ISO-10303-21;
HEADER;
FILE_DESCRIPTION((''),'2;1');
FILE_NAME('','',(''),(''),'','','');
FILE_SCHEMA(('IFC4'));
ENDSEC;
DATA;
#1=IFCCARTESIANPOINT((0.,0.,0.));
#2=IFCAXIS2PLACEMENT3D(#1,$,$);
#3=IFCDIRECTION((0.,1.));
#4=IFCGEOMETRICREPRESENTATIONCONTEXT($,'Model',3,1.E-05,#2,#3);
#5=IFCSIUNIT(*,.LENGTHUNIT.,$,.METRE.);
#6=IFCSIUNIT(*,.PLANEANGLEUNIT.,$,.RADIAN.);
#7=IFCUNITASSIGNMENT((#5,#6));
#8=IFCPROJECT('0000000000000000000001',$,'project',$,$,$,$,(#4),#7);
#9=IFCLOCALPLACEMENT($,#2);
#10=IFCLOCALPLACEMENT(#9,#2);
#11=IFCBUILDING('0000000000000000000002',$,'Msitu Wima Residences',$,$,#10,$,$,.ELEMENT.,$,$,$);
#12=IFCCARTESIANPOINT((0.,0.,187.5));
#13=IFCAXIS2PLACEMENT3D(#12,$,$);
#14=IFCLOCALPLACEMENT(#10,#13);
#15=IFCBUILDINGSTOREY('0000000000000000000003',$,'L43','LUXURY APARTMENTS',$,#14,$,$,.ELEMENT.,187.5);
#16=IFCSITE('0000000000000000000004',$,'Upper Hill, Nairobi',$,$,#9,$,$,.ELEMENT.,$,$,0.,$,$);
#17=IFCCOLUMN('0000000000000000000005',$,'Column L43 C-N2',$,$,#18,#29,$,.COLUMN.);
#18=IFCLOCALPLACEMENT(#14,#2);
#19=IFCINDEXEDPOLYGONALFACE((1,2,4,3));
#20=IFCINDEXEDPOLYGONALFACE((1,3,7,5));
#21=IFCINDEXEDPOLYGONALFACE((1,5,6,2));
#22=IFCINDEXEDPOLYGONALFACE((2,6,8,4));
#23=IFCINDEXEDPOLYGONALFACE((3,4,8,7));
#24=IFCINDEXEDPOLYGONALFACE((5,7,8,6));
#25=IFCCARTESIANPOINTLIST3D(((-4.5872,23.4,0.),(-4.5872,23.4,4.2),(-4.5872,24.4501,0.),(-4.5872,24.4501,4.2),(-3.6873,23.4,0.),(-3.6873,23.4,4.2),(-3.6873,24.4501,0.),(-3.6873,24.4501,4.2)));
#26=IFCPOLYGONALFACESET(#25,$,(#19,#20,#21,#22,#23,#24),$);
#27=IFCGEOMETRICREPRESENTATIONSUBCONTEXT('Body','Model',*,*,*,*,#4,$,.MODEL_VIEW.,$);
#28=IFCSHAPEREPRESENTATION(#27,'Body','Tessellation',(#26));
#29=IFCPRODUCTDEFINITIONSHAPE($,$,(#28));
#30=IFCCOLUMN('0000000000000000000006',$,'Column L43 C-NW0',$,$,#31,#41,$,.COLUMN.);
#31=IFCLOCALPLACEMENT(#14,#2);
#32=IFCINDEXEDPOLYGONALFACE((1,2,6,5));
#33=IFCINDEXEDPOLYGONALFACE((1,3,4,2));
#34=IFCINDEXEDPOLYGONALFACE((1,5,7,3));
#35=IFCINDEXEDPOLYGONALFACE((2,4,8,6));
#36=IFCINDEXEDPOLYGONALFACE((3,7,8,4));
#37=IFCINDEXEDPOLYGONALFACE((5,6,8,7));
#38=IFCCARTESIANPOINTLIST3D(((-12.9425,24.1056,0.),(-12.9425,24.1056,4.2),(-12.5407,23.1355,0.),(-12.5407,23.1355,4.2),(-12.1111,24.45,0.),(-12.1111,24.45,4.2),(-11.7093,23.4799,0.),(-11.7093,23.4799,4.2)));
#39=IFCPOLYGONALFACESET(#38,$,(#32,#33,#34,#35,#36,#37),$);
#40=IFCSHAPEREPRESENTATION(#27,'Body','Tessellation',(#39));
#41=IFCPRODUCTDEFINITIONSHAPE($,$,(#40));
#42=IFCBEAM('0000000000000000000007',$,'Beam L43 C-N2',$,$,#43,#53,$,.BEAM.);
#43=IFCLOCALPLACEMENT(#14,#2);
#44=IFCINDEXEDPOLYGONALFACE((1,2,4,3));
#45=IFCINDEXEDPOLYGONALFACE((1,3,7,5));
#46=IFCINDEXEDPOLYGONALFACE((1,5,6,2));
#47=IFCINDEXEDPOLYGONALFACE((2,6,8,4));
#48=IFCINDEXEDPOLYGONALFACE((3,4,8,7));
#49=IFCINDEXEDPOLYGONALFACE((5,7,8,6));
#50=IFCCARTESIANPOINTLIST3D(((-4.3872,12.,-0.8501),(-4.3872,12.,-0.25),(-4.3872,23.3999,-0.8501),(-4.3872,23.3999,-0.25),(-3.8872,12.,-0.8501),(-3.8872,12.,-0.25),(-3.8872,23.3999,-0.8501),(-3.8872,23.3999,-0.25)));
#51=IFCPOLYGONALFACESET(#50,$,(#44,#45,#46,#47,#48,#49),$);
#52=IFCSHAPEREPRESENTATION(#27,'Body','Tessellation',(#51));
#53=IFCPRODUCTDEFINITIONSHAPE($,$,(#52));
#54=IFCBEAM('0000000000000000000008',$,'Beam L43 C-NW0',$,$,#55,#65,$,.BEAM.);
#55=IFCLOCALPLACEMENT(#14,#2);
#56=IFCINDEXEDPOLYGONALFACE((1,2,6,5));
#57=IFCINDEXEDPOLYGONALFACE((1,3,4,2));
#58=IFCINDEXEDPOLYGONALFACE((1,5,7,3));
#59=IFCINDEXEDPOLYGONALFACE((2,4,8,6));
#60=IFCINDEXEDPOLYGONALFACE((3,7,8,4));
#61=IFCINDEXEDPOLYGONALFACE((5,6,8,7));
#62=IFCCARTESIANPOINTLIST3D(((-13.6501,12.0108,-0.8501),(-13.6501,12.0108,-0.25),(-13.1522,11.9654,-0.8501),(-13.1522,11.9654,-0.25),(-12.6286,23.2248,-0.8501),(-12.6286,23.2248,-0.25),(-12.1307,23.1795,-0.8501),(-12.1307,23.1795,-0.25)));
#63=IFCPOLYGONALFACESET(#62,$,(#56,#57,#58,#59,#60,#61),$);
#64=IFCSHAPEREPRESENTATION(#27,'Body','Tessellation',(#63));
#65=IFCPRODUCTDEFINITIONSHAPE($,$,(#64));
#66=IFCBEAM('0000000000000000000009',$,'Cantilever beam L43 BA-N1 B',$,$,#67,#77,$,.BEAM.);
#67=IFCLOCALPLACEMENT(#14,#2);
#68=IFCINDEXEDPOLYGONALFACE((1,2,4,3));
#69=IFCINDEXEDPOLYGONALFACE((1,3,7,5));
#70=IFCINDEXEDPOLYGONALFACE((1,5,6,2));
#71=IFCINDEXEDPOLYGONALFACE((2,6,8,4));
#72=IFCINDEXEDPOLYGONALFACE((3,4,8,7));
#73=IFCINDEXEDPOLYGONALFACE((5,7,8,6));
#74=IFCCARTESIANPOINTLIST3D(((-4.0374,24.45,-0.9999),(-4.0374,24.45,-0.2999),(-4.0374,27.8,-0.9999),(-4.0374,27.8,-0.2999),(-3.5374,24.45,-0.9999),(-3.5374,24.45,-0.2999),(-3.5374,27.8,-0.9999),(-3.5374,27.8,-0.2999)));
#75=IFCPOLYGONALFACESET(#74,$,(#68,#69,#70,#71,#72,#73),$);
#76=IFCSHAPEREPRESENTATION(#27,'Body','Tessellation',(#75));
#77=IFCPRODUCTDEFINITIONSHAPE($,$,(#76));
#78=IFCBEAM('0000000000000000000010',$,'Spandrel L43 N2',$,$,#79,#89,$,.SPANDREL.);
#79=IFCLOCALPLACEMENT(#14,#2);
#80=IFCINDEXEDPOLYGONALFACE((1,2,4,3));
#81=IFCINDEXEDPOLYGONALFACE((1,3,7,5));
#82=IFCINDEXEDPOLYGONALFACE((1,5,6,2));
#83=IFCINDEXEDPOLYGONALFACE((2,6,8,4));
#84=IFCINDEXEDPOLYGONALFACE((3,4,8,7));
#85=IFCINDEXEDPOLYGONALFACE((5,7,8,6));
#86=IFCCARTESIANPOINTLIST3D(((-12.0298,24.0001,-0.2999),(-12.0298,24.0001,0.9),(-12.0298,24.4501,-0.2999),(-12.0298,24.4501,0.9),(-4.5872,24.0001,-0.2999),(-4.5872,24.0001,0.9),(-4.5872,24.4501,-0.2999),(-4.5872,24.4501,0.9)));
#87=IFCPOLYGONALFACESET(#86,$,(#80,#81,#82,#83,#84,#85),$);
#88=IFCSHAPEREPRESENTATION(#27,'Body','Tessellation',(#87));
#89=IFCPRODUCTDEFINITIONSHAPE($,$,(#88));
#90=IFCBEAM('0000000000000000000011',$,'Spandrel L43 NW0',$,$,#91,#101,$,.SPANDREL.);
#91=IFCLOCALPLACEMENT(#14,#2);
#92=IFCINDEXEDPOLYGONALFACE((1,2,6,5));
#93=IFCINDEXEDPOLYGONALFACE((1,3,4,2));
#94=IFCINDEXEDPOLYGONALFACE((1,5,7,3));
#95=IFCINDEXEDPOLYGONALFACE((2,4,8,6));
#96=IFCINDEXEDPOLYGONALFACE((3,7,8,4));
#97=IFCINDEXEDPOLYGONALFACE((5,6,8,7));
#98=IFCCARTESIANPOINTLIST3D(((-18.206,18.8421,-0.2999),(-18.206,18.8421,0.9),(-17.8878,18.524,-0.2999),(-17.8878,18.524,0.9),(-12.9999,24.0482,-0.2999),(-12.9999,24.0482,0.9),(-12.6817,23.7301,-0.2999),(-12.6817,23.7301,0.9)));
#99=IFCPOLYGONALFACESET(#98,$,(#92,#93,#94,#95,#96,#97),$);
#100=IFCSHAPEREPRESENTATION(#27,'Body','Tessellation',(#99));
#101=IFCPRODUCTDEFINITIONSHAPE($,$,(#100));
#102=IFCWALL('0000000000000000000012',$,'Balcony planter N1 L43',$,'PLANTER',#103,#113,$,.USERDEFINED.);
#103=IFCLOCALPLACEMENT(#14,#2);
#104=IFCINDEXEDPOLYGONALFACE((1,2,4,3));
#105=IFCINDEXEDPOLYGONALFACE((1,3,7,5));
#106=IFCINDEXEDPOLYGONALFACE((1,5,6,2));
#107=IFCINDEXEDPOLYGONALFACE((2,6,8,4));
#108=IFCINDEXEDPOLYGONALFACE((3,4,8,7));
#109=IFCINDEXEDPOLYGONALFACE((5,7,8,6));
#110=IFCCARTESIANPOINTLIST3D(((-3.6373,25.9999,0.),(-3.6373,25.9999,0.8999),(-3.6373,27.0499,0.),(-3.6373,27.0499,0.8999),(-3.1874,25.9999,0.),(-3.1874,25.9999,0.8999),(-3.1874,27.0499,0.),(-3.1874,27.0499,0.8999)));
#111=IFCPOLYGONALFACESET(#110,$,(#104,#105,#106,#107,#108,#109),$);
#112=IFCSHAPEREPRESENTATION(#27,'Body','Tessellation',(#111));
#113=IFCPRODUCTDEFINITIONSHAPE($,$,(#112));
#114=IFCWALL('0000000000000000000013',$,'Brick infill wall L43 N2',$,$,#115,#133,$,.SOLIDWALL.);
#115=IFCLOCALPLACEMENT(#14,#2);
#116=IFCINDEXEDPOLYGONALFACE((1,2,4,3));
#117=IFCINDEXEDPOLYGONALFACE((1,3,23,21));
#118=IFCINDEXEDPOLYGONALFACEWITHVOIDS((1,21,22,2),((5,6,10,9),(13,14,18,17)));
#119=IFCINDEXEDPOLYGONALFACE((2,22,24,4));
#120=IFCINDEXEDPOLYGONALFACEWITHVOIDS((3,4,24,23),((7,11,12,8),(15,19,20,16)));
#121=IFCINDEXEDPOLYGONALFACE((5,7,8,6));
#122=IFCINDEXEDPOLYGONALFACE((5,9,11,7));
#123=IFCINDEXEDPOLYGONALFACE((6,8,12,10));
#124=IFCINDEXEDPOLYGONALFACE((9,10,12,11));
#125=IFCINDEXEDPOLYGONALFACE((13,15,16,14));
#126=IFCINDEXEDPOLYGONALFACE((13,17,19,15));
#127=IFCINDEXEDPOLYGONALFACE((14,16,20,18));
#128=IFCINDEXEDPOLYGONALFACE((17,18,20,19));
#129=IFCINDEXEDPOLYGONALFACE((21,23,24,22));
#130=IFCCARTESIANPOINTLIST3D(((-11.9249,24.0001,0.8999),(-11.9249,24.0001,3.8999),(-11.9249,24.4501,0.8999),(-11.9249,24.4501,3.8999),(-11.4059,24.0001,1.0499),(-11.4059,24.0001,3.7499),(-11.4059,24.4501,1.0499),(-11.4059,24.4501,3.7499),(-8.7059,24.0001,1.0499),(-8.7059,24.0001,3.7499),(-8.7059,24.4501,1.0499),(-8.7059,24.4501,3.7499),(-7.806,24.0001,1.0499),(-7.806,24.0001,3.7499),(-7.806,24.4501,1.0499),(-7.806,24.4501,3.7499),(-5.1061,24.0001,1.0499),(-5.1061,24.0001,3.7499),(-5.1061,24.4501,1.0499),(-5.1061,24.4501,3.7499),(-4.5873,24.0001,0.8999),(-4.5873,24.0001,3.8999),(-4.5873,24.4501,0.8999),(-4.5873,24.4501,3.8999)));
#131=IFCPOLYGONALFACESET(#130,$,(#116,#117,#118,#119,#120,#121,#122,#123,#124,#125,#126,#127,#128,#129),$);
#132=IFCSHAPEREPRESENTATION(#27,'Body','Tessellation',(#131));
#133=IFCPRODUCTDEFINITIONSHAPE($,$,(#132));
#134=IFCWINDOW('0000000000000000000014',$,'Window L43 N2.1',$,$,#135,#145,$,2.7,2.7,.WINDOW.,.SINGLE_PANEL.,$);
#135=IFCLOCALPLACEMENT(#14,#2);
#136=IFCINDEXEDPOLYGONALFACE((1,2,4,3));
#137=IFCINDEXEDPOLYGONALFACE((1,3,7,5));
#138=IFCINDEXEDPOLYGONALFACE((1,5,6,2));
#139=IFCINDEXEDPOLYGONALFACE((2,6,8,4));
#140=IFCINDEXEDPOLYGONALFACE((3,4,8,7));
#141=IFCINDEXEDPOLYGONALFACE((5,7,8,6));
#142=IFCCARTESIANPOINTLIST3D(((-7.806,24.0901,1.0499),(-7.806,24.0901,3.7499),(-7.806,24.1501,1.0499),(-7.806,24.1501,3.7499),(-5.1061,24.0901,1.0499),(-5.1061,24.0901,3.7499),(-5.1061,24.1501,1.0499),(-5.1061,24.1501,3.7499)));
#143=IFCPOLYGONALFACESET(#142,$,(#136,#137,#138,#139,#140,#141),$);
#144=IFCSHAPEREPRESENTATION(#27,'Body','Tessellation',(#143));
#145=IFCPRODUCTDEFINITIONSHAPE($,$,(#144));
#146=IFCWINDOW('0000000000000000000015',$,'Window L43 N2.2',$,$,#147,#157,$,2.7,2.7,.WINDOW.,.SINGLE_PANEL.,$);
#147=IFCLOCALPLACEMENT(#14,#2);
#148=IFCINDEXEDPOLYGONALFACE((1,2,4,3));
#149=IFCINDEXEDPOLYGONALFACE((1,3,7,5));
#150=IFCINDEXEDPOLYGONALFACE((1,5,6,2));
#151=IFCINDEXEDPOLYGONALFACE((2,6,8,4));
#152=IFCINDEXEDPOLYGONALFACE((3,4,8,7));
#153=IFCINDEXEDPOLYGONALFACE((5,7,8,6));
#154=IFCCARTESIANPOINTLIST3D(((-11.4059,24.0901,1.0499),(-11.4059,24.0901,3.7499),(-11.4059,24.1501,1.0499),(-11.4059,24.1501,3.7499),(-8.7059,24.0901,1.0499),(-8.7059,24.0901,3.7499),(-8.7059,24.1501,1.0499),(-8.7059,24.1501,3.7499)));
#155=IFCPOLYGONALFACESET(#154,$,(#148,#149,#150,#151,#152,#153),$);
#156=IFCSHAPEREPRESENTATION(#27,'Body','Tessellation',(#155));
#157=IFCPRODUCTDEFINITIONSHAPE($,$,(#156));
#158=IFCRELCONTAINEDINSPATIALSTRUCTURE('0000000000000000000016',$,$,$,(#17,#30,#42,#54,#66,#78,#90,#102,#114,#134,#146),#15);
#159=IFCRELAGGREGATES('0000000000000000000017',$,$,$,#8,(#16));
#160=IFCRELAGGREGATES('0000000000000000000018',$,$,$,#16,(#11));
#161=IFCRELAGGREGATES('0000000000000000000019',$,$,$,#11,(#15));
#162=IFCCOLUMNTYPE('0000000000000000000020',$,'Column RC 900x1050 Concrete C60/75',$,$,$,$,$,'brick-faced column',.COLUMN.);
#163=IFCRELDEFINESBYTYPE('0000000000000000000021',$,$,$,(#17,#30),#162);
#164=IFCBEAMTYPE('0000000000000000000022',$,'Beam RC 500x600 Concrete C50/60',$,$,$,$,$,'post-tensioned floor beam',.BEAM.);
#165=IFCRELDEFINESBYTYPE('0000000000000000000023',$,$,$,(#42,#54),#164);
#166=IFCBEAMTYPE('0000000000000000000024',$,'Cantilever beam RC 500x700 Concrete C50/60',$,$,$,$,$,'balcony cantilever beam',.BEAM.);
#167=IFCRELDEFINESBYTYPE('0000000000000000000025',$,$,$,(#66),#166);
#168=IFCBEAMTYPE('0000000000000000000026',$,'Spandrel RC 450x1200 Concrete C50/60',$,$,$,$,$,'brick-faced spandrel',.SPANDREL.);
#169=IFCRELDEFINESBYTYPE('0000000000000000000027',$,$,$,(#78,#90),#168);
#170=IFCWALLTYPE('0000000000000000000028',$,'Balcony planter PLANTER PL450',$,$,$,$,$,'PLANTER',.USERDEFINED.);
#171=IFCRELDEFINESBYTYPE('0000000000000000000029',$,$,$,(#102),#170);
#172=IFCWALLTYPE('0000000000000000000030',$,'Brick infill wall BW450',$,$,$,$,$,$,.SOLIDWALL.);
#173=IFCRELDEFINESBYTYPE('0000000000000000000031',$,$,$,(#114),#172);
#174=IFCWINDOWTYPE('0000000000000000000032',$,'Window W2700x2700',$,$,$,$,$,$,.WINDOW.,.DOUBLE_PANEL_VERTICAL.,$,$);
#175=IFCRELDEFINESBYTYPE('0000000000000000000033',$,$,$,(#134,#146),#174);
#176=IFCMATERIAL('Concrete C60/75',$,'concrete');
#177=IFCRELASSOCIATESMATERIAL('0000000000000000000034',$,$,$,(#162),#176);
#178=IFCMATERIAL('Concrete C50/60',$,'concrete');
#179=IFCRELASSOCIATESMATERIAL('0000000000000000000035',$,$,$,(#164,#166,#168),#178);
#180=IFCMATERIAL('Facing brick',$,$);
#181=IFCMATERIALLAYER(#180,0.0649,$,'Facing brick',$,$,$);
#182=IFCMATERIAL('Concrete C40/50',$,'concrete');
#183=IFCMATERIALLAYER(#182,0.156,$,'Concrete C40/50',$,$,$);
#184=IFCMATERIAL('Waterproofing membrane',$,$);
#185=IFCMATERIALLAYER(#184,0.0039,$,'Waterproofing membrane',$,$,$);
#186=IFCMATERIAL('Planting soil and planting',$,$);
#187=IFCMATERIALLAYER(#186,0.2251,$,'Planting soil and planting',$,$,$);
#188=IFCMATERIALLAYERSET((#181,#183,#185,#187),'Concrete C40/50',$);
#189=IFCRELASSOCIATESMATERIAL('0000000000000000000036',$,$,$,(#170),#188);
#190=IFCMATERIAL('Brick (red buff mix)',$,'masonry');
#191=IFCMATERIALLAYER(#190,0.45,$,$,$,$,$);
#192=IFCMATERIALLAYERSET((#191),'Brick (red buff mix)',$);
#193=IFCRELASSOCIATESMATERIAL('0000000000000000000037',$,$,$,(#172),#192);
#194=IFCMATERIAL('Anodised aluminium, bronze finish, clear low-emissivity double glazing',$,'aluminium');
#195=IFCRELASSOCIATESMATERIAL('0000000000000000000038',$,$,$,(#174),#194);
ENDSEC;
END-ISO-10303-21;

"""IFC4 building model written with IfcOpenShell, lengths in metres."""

from ifc_helpers import new_model, si_unit, direction, frame, frame_2d, origin, origin_2d, place, context, subcontext, project, spatial, rectangle, extrude, material, layer, layer_set, material_profile, profile_set, type_object, element, fill, save


model = new_model("IFC4")

# Units and contexts
model_context = context("Model", 3, precision=1e-05, world=origin(), true_north=direction((0.0, 1.0)))
body_context = subcontext(model_context, "Body", "Model", "MODEL_VIEW")
ifc_project = project(units=[si_unit("LENGTHUNIT", "METRE"), si_unit("PLANEANGLEUNIT", "RADIAN")], contexts=[model_context])

# Site, building, storey
site_placement = place(None, origin())
site = spatial("IfcSite", under=ifc_project, at=site_placement, Name="Upper Hill, Nairobi", CompositionType="ELEMENT", RefElevation=0.0)
building_placement = place(site_placement, origin())
building = spatial("IfcBuilding", under=site, at=building_placement, Name="Msitu Wima Residences", CompositionType="ELEMENT")
storey_placement = place(building_placement, frame((0.0, 0.0, 187.5)))
storey = spatial("IfcBuildingStorey", under=building, at=storey_placement, Name="L43", Description="LUXURY APARTMENTS", CompositionType="ELEMENT", Elevation=187.5)

# Columns
ifc_material_1 = material(Name="Concrete C60/75", Category="concrete")
ifc_material_profile_1 = material_profile(ifc_material_1, rectangle(XDim=0.8999, YDim=1.05, at=origin_2d()), Name="RC 900x1050")
ifc_profile_set_1 = profile_set([ifc_material_profile_1], Name="Concrete C60/75")
column_type = type_object("IfcColumnType", Name="Column RC 900x1050 Concrete C60/75", ElementType="brick-faced column", PredefinedType="COLUMN", material=ifc_profile_set_1)
for number, where, z_axis, x_axis, name in (
    (1, (-4.1372, 23.925, 0.0), (0.0, 0.0, 1.0), (-1.0, 0.0, 0.0), "Column L43 C-N2"),
    (2, (-12.3259, 23.7927, 0.0), (0.0, 0.0, 1.0), (-0.92388, -0.382683, 0.0), "Column L43 C-NW0"),
):
    element("IfcColumn", number, at=place(storey_placement, frame(where, z_axis=z_axis, x_axis=x_axis)), inside=storey, type_object=column_type, Name=name, PredefinedType="COLUMN", context=body_context, shape_type="SweptSolid", body=[
        extrude(rectangle(XDim=0.8999, YDim=1.05, at=origin_2d()), origin(), (0.0, 0.0, 1.0), 4.2),
    ])

# Beams
ifc_material_2 = material(Name="Concrete C50/60", Category="concrete")
ifc_material_profile_2 = material_profile(ifc_material_2, rectangle(XDim=0.5, YDim=0.6001, at=origin_2d()), Name="RC 500x600")
ifc_profile_set_2 = profile_set([ifc_material_profile_2], Name="Concrete C50/60")
beam_type_1 = type_object("IfcBeamType", Name="Beam RC 500x600 Concrete C50/60", ElementType="post-tensioned floor beam", PredefinedType="BEAM", material=ifc_profile_set_2)
beam_1_placement = place(storey_placement, frame((-4.1372, 23.3999, -0.55), z_axis=(0.0, -1.0, 0.0), x_axis=(1.0, 0.0, 0.0)))
element("IfcBeam", 3, at=beam_1_placement, inside=storey, type_object=beam_type_1, Name="Beam L43 C-N2", PredefinedType="BEAM", context=body_context, shape_type="SweptSolid", body=[
    extrude(rectangle(XDim=0.5, YDim=0.6001, at=origin_2d()), origin(), (0.0, 0.0, 1.0), 11.3999),
])
beam_2_placement = place(storey_placement, frame((-12.3796, 23.2021, -0.55), z_axis=(-0.090714, -0.995877, 0.0), x_axis=(0.995877, -0.090714, 0.0)))
element("IfcBeam", 4, at=beam_2_placement, inside=storey, type_object=beam_type_1, Name="Beam L43 C-NW0", PredefinedType="BEAM", context=body_context, shape_type="SweptSolid", body=[
    extrude(rectangle(XDim=0.5, YDim=0.6001, at=origin_2d()), origin(), (0.0, 0.0, 1.0), 11.2605),
])
ifc_material_profile_3 = material_profile(ifc_material_2, rectangle(XDim=0.5, YDim=0.7, at=origin_2d()), Name="RC 500x700")
ifc_profile_set_3 = profile_set([ifc_material_profile_3], Name="Concrete C50/60")
beam_type_2 = type_object("IfcBeamType", Name="Cantilever beam RC 500x700 Concrete C50/60", ElementType="balcony cantilever beam", PredefinedType="BEAM", material=ifc_profile_set_3)
beam_3_placement = place(storey_placement, frame((-3.7874, 24.45, -0.6499), z_axis=(0.0, 1.0, 0.0), x_axis=(-1.0, 0.0, 0.0)))
element("IfcBeam", 5, at=beam_3_placement, inside=storey, type_object=beam_type_2, Name="Cantilever beam L43 BA-N1 B", PredefinedType="BEAM", context=body_context, shape_type="SweptSolid", body=[
    extrude(rectangle(XDim=0.5, YDim=0.7, at=origin_2d()), origin(), (0.0, 0.0, 1.0), 3.3501),
])
ifc_material_profile_4 = material_profile(ifc_material_2, rectangle(XDim=0.45, YDim=1.2, at=origin_2d()), Name="RC 450x1200")
ifc_profile_set_4 = profile_set([ifc_material_profile_4], Name="Concrete C50/60")
beam_type_3 = type_object("IfcBeamType", Name="Spandrel RC 450x1200 Concrete C50/60", ElementType="brick-faced spandrel", PredefinedType="SPANDREL", material=ifc_profile_set_4)
beam_4_placement = place(storey_placement, frame((-4.5872, 24.2251, 0.3), z_axis=(-1.0, 0.0, 0.0), x_axis=(0.0, -1.0, 0.0)))
element("IfcBeam", 6, at=beam_4_placement, inside=storey, type_object=beam_type_3, Name="Spandrel L43 N2", PredefinedType="SPANDREL", context=body_context, shape_type="SweptSolid", body=[
    extrude(rectangle(XDim=0.45, YDim=1.2, at=origin_2d()), origin(), (0.0, 0.0, 1.0), 7.4426),
])
beam_5_placement = place(storey_placement, frame((-12.8408, 23.8892, 0.3), z_axis=(-0.707107, -0.707107, 0.0), x_axis=(0.707107, -0.707107, 0.0)))
element("IfcBeam", 7, at=beam_5_placement, inside=storey, type_object=beam_type_3, Name="Spandrel L43 NW0", PredefinedType="SPANDREL", context=body_context, shape_type="SweptSolid", body=[
    extrude(rectangle(XDim=0.45, YDim=1.2, at=origin_2d()), origin(), (0.0, 0.0, 1.0), 7.3625),
])

# Wall
ifc_material_3 = material(Name="Facing brick")
ifc_layer_1 = layer(ifc_material_3, 0.0649, Name="Facing brick")
ifc_material_4 = material(Name="Concrete C40/50", Category="concrete")
ifc_layer_2 = layer(ifc_material_4, 0.156, Name="Concrete C40/50")
ifc_material_5 = material(Name="Waterproofing membrane")
ifc_layer_3 = layer(ifc_material_5, 0.0039, Name="Waterproofing membrane")
ifc_material_6 = material(Name="Planting soil and planting")
ifc_layer_4 = layer(ifc_material_6, 0.2251, Name="Planting soil and planting")
ifc_layer_set_1 = layer_set([ifc_layer_1, ifc_layer_2, ifc_layer_3, ifc_layer_4], Name="Concrete C40/50")
wall_type_1 = type_object("IfcWallType", Name="Balcony planter PLANTER PL450", ElementType="PLANTER", PredefinedType="USERDEFINED", material=ifc_layer_set_1)
wall_1_placement = place(storey_placement, frame((-3.4124, 26.0, 0.0), z_axis=(0.0, 0.0, 1.0), x_axis=(0.0, 1.0, 0.0)))
element("IfcWall", 8, at=wall_1_placement, inside=storey, type_object=wall_type_1, Name="Balcony planter N1 L43", ObjectType="PLANTER", PredefinedType="USERDEFINED", context=body_context, shape_type="SweptSolid", body=[
    extrude(rectangle(XDim=1.05, YDim=0.45, at=frame_2d((0.5249, 0.0))), origin(), (0.0, 0.0, 1.0), 0.8999),
])

# Wall, openings, windows
ifc_material_7 = material(Name="Brick (red buff mix)", Category="masonry")
ifc_layer_5 = layer(ifc_material_7, 0.45)
ifc_layer_set_2 = layer_set([ifc_layer_5], Name="Brick (red buff mix)")
wall_type_2 = type_object("IfcWallType", Name="Brick infill wall BW450", PredefinedType="SOLIDWALL", material=ifc_layer_set_2)
wall_2_placement = place(storey_placement, frame((-4.5872, 24.2251, 0.8999), z_axis=(0.0, 0.0, 1.0), x_axis=(-1.0, 0.0, 0.0)))
wall_2 = element("IfcWall", 9, at=wall_2_placement, inside=storey, type_object=wall_type_2, Name="Brick infill wall L43 N2", PredefinedType="SOLIDWALL", context=body_context, shape_type="SweptSolid", body=[
    extrude(rectangle(XDim=7.3376, YDim=0.45, at=frame_2d((3.6689, 0.0))), origin(), (0.0, 0.0, 1.0), 3.0),
])
opening_1_placement = place(wall_2_placement, frame((0.5188, 0.0, 0.1499)))
opening_1 = element("IfcOpeningElement", 10, at=opening_1_placement, cuts=wall_2, PredefinedType="OPENING", context=body_context, shape_type="SweptSolid", body=[
    extrude(rectangle(XDim=2.7, YDim=2.7, at=frame_2d((1.3501, 1.3501))), frame((0.0, 0.2349, 0.0), z_axis=(0.0, -1.0, 0.0), x_axis=(1.0, 0.0, 0.0)), (0.0, 0.0, 1.0), 0.47),
])
opening_2_placement = place(wall_2_placement, frame((4.1187, 0.0, 0.1499)))
opening_2 = element("IfcOpeningElement", 11, at=opening_2_placement, cuts=wall_2, PredefinedType="OPENING", context=body_context, shape_type="SweptSolid", body=[
    extrude(rectangle(XDim=2.7, YDim=2.7, at=frame_2d((1.3501, 1.3501))), frame((0.0, 0.2349, 0.0), z_axis=(0.0, -1.0, 0.0), x_axis=(1.0, 0.0, 0.0)), (0.0, 0.0, 1.0), 0.47),
])
ifc_material_8 = material(Name="Anodised aluminium, bronze finish, clear low-emissivity double glazing", Category="aluminium")
window_type = type_object("IfcWindowType", Name="Window W2700x2700", PartitioningType="DOUBLE_PANEL_VERTICAL", PredefinedType="WINDOW", material=ifc_material_8)
window_1_placement = place(opening_1_placement, origin())
window_1 = element("IfcWindow", 12, at=window_1_placement, inside=storey, type_object=window_type, Name="Window L43 N2.1", OverallHeight=2.7, OverallWidth=2.7, PartitioningType="SINGLE_PANEL", PredefinedType="WINDOW", context=body_context, shape_type="SweptSolid", body=[
    extrude(rectangle(XDim=2.7, YDim=2.7, at=frame_2d((1.3501, 1.3501))), frame((0.0, 0.135, 0.0), z_axis=(0.0, -1.0, 0.0), x_axis=(1.0, 0.0, 0.0)), (0.0, 0.0, 1.0), 0.0601),
])
fill(opening_1, window_1)
window_2_placement = place(opening_2_placement, origin())
window_2 = element("IfcWindow", 13, at=window_2_placement, inside=storey, type_object=window_type, Name="Window L43 N2.2", OverallHeight=2.7, OverallWidth=2.7, PartitioningType="SINGLE_PANEL", PredefinedType="WINDOW", context=body_context, shape_type="SweptSolid", body=[
    extrude(rectangle(XDim=2.7, YDim=2.7, at=frame_2d((1.3501, 1.3501))), frame((0.0, 0.135, 0.0), z_axis=(0.0, -1.0, 0.0), x_axis=(1.0, 0.0, 0.0)), (0.0, 0.0, 1.0), 0.0601),
])
fill(opening_2, window_2)

save(model, "model.ifc")
